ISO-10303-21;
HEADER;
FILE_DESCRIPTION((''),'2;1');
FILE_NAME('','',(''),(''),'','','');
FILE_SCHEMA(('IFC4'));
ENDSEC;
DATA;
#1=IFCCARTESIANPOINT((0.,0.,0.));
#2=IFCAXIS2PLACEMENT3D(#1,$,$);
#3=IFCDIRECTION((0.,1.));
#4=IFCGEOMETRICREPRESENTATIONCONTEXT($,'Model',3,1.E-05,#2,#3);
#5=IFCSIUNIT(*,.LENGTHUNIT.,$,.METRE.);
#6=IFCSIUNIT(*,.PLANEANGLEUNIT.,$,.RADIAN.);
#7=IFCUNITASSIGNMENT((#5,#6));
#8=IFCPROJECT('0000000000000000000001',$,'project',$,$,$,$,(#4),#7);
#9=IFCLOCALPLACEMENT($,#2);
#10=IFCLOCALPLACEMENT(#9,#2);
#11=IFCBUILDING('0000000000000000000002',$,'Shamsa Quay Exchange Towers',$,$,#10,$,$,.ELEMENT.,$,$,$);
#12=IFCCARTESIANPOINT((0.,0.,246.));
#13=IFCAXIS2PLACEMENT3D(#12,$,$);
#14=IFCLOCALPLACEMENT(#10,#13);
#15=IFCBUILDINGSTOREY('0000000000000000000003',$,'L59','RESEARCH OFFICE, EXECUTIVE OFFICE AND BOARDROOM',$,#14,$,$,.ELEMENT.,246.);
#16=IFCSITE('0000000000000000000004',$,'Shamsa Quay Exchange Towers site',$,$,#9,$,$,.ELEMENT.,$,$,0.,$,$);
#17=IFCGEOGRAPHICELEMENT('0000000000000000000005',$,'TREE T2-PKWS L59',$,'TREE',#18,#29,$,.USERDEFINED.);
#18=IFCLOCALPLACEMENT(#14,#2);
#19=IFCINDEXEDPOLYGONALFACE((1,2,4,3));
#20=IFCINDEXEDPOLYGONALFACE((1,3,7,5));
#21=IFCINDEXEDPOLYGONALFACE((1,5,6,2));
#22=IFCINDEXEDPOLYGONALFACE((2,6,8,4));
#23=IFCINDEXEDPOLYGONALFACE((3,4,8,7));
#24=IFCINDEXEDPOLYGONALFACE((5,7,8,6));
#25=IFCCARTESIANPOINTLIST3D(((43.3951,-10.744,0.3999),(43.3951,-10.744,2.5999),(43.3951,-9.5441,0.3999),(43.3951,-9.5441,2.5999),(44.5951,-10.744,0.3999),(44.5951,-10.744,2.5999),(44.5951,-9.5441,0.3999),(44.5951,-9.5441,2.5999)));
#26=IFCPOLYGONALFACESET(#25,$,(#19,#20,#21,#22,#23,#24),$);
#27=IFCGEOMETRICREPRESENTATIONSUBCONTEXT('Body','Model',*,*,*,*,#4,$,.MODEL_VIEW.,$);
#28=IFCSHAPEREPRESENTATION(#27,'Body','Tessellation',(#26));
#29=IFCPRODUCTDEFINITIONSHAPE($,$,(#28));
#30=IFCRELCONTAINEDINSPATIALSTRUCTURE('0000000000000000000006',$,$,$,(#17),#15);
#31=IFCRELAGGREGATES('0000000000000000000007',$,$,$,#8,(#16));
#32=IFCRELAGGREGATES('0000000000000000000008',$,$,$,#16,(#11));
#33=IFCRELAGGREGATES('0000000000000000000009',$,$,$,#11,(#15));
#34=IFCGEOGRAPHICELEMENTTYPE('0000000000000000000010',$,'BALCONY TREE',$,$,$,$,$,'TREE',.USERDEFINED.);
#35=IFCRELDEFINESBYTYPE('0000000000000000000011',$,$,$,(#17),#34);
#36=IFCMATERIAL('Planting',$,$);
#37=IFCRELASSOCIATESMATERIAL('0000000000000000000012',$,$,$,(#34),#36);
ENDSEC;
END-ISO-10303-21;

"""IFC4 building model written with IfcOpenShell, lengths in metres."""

from ifc_helpers import new_model, si_unit, direction, frame, origin, origin_2d, place, context, subcontext, project, spatial, rectangle, extrude, material, type_object, element, save


model = new_model("IFC4")

# Units and contexts
model_context = context("Model", 3, precision=1e-05, world=origin(), true_north=direction((0.0, 1.0)))
body_context = subcontext(model_context, "Body", "Model", "MODEL_VIEW")
ifc_project = project(units=[si_unit("LENGTHUNIT", "METRE"), si_unit("PLANEANGLEUNIT", "RADIAN")], contexts=[model_context])

# Site, building, storey
site_placement = place(None, origin())
site = spatial("IfcSite", under=ifc_project, at=site_placement, Name="Shamsa Quay Exchange Towers site", CompositionType="ELEMENT", RefElevation=0.0)
building_placement = place(site_placement, origin())
building = spatial("IfcBuilding", under=site, at=building_placement, Name="Shamsa Quay Exchange Towers", CompositionType="ELEMENT")
storey_placement = place(building_placement, frame((0.0, 0.0, 246.0)))
storey = spatial("IfcBuildingStorey", under=building, at=storey_placement, Name="L59", Description="RESEARCH OFFICE, EXECUTIVE OFFICE AND BOARDROOM", CompositionType="ELEMENT", Elevation=246.0)

# Geographic element
ifc_material_1 = material(Name="Planting")
geographic_element_type = type_object("IfcGeographicElementType", Name="BALCONY TREE", ElementType="TREE", PredefinedType="USERDEFINED", material=ifc_material_1)
geographic_element_placement = place(storey_placement, frame((43.9951, -10.144, 0.3999), z_axis=(0.0, 0.0, 1.0), x_axis=(0.0, 1.0, 0.0)))
element("IfcGeographicElement", 1, at=geographic_element_placement, inside=storey, type_object=geographic_element_type, Name="TREE T2-PKWS L59", ObjectType="TREE", PredefinedType="USERDEFINED", context=body_context, shape_type="SweptSolid", body=[
    extrude(rectangle(XDim=1.2, YDim=1.2, at=origin_2d()), origin(), (0.0, 0.0, 1.0), 2.2),
])

save(model, "model.ifc")
